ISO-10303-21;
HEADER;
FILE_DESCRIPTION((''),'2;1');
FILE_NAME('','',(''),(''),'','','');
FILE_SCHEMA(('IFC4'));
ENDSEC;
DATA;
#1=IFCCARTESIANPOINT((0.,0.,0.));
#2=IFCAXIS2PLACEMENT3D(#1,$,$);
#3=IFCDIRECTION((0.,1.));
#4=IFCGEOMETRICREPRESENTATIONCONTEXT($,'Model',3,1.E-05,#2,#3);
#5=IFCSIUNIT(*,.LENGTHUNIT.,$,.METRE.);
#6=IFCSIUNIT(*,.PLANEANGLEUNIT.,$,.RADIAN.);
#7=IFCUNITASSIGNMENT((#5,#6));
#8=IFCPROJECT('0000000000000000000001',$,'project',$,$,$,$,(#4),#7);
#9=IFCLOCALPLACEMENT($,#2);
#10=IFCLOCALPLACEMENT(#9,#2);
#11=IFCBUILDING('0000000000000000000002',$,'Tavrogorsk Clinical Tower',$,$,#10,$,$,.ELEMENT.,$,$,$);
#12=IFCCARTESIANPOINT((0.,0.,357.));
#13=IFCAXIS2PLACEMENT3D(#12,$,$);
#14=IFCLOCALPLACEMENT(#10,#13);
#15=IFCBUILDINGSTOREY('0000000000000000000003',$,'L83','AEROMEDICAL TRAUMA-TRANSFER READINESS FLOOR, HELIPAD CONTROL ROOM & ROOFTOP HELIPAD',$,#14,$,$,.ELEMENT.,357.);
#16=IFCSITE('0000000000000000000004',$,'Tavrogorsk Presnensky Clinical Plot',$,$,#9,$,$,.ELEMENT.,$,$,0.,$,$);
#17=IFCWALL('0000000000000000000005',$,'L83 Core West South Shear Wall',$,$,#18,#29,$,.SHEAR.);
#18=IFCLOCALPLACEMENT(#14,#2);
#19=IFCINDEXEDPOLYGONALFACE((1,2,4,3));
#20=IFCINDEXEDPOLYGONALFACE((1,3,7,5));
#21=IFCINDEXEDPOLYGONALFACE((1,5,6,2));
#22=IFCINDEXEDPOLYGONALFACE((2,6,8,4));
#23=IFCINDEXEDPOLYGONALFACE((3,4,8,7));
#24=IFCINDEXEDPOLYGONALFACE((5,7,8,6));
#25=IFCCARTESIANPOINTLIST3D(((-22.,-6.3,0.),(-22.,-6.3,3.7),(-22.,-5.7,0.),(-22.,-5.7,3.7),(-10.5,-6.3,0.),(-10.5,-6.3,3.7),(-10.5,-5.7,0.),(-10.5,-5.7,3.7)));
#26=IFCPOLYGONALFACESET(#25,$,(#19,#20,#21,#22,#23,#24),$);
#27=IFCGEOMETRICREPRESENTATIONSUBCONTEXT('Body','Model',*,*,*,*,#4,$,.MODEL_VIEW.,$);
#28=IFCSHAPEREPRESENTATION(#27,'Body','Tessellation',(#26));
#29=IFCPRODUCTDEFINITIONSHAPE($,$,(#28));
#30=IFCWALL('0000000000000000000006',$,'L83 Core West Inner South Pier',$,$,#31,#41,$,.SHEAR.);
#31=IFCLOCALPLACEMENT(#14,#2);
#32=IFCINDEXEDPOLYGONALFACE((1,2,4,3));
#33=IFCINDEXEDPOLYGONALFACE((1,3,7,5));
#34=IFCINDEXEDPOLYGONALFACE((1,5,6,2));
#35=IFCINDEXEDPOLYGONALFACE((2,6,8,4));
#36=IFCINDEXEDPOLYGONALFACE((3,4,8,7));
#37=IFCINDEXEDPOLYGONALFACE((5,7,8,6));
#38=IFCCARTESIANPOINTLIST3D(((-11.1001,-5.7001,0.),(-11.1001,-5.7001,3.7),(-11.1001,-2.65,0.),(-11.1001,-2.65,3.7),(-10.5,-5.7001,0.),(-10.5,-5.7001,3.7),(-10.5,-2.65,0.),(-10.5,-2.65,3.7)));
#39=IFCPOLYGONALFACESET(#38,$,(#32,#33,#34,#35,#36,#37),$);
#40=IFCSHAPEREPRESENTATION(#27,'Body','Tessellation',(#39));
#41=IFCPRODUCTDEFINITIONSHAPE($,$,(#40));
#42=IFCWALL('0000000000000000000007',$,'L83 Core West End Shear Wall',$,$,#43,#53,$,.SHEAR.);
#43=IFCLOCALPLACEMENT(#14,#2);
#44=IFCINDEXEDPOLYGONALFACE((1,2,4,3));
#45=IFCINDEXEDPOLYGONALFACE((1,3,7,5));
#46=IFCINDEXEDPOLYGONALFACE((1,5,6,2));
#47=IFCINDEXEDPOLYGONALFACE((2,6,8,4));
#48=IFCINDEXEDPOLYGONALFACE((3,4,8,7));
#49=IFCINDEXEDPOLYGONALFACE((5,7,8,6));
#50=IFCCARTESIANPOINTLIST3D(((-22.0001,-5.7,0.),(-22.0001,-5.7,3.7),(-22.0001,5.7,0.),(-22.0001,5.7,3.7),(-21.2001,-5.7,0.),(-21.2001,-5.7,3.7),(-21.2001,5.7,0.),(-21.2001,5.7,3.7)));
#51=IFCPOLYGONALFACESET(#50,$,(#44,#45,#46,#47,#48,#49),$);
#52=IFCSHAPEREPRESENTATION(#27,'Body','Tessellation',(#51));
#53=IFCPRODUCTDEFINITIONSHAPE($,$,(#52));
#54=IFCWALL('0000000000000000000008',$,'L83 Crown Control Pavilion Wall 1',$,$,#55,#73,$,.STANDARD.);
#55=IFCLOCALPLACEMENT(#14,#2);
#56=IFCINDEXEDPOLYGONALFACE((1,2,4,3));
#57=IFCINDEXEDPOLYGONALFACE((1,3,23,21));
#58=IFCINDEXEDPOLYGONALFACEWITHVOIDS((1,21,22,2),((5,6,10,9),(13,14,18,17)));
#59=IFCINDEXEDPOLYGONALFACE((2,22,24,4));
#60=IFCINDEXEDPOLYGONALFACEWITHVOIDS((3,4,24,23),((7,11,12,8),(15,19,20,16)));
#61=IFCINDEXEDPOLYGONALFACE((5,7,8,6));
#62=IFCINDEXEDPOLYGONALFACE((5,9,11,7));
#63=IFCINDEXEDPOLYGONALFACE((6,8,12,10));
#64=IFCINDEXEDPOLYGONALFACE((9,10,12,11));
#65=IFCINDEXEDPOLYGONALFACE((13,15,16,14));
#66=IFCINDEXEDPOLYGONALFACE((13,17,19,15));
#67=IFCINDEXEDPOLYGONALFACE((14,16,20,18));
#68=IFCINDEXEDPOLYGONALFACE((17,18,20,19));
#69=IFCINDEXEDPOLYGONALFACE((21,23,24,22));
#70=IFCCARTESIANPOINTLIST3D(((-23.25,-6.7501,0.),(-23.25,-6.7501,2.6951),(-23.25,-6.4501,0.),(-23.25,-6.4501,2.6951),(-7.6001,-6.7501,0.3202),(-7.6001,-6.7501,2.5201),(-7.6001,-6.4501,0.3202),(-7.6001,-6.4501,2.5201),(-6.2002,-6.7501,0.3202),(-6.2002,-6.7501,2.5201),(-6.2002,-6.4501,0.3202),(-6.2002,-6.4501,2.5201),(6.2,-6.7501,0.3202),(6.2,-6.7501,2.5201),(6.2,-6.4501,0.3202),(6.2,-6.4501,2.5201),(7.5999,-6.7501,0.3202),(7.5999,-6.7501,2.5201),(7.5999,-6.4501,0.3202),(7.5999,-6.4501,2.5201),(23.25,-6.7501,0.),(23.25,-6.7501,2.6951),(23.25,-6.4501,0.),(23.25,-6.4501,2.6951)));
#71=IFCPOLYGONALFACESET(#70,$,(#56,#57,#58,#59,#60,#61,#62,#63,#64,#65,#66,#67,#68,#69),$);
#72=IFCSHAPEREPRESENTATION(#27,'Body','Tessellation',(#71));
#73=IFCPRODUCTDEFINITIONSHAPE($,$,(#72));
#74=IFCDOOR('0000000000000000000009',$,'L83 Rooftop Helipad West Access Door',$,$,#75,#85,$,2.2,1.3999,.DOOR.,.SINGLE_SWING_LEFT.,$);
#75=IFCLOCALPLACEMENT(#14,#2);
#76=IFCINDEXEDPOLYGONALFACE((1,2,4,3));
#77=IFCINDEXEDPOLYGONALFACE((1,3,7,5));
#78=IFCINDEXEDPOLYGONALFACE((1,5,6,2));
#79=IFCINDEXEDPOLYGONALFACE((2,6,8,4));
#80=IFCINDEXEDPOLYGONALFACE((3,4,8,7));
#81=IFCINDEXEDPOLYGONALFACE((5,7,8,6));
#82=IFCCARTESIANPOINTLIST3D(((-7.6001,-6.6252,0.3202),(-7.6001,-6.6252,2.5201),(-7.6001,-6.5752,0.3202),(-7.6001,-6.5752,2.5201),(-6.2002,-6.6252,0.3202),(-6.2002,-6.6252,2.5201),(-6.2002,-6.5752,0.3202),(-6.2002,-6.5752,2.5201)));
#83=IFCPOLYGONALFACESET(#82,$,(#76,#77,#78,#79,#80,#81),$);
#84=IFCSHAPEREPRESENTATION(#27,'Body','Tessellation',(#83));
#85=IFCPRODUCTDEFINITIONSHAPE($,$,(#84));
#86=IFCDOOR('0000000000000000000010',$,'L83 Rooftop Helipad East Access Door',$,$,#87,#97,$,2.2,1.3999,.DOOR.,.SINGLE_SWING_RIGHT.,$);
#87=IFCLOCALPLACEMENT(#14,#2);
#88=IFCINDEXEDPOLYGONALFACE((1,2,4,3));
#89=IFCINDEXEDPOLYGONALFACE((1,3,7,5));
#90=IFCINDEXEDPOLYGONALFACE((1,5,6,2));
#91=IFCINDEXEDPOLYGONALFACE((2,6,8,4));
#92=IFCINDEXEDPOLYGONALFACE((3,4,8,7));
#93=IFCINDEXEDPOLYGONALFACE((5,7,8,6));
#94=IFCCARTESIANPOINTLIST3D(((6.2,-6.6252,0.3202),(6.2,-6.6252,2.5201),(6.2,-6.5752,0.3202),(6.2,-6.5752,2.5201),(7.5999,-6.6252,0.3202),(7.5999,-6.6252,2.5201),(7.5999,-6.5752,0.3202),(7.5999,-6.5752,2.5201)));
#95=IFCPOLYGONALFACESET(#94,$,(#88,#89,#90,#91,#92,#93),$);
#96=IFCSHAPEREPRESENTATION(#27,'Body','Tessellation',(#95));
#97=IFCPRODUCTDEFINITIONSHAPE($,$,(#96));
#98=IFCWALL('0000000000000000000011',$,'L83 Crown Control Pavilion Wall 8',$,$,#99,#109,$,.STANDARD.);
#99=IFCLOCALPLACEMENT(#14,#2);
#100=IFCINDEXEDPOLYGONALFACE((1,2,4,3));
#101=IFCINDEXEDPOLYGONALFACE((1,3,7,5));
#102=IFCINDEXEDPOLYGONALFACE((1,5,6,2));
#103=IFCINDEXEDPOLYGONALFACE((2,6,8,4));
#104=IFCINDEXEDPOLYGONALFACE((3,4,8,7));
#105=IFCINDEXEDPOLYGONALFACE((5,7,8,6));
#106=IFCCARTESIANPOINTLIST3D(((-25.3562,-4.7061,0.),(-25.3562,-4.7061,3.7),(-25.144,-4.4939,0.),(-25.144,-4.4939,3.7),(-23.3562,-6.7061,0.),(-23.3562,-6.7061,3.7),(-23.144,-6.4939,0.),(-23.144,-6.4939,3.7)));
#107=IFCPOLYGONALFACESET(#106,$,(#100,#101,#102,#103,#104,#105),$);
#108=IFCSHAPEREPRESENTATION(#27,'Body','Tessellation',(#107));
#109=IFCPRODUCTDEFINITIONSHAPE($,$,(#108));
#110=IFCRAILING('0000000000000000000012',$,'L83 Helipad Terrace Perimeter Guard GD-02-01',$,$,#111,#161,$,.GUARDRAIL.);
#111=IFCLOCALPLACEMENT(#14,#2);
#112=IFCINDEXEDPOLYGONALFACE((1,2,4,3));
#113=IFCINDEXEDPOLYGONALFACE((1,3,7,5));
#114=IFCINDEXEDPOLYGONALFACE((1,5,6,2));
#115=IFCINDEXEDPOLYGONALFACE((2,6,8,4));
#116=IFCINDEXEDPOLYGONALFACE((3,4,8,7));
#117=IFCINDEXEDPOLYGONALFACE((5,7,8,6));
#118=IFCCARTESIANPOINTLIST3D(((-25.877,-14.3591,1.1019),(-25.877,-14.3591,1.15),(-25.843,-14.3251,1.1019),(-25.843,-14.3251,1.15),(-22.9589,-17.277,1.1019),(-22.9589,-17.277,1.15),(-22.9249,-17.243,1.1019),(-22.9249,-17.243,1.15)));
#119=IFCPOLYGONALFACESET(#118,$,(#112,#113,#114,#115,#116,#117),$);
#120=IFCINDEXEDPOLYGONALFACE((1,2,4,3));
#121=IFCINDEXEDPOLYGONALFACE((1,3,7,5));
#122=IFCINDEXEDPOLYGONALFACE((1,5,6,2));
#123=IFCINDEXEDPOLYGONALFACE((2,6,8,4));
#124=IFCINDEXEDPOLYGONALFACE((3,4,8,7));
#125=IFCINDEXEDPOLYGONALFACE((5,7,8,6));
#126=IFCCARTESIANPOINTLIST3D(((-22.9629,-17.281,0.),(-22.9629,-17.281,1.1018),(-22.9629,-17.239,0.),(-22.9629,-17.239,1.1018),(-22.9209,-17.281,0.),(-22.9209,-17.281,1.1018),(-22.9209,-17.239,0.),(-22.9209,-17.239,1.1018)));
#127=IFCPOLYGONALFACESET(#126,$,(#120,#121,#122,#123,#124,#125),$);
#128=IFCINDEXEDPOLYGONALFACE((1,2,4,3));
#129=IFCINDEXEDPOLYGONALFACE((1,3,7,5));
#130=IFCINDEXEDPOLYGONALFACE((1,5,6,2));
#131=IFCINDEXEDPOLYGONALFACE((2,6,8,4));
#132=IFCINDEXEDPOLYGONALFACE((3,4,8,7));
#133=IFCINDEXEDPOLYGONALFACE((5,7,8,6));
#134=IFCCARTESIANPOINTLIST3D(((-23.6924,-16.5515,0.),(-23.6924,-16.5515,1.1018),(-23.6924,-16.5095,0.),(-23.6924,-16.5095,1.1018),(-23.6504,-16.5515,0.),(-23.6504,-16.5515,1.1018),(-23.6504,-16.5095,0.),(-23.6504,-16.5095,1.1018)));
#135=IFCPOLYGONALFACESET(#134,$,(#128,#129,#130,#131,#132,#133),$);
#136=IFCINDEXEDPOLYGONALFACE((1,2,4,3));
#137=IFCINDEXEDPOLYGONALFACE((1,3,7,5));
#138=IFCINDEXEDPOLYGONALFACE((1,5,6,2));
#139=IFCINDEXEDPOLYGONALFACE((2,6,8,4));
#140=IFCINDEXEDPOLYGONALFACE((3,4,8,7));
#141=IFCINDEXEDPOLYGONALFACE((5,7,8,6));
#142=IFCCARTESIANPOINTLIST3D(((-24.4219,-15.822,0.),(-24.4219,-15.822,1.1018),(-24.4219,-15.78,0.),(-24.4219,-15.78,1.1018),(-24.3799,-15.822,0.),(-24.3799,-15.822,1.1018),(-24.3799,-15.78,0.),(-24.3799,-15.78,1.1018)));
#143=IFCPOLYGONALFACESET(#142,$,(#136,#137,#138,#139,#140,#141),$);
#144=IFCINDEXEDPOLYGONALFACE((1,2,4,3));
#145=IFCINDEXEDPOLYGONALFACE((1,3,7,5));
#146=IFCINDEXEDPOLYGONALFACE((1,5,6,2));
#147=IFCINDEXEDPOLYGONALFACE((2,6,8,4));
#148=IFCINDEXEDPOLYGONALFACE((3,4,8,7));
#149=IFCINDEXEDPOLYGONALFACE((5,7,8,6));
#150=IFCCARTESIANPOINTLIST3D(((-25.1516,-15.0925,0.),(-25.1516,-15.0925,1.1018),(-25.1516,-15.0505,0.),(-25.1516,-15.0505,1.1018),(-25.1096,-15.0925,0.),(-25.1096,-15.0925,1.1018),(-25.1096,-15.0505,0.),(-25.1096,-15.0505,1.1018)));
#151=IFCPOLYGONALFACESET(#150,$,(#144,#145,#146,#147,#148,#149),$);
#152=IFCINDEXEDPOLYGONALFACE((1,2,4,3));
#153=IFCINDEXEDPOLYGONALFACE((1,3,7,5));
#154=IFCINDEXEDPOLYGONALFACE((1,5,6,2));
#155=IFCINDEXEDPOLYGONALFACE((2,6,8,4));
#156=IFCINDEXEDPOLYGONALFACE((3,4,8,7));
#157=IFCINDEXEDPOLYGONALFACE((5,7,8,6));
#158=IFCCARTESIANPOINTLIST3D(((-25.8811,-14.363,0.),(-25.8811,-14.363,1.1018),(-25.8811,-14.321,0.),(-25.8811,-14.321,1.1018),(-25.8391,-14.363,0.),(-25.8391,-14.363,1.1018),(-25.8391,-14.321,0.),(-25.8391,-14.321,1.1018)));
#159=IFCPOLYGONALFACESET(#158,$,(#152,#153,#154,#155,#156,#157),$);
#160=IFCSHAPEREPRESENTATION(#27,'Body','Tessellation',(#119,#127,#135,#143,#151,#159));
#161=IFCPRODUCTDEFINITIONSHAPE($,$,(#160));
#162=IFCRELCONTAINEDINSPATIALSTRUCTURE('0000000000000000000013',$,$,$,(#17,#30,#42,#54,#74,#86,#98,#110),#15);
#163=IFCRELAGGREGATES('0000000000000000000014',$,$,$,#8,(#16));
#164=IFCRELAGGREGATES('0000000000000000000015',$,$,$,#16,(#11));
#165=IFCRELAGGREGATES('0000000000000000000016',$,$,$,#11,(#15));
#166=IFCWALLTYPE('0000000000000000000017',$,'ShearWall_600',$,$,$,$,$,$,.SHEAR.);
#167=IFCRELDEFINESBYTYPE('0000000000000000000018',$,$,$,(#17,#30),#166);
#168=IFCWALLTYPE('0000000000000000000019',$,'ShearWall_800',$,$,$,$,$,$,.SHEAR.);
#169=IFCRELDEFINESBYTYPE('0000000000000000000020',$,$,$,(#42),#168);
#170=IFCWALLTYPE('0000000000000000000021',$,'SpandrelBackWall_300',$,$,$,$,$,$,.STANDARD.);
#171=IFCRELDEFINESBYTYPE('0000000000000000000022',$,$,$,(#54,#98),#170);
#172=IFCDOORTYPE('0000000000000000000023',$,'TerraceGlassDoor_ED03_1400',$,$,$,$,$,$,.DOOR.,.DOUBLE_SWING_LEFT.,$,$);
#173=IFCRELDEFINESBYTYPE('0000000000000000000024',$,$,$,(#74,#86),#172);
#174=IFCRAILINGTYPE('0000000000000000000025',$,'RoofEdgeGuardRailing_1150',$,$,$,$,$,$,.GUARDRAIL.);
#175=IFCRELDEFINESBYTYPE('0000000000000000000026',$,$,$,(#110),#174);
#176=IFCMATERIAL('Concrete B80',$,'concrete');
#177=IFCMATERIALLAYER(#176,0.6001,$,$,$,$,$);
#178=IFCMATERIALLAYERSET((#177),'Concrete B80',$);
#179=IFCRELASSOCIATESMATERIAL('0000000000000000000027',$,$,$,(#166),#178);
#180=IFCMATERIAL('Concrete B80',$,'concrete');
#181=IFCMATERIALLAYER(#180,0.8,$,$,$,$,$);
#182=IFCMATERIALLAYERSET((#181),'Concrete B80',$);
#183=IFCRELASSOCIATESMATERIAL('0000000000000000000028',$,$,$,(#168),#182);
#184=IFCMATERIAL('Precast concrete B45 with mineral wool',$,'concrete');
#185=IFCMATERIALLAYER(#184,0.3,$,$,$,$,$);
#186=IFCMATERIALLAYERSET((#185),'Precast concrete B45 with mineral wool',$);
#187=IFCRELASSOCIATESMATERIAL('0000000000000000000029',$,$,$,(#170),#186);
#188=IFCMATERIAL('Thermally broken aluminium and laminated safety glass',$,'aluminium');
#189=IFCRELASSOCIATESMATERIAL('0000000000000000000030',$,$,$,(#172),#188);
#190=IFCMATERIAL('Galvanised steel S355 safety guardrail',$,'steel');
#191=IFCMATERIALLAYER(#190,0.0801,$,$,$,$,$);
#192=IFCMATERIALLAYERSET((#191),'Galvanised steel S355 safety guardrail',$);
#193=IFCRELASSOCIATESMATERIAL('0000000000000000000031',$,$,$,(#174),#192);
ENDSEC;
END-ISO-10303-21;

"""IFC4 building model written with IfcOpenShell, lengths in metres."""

from ifc_helpers import new_model, si_unit, direction, frame, frame_2d, origin, origin_2d, place, context, subcontext, project, spatial, rectangle, extrude, material, layer, layer_set, type_object, element, fill, save


model = new_model("IFC4")

# Units and contexts
model_context = context("Model", 3, precision=1e-05, world=origin(), true_north=direction((0.0, 1.0)))
body_context = subcontext(model_context, "Body", "Model", "MODEL_VIEW")
ifc_project = project(units=[si_unit("LENGTHUNIT", "METRE"), si_unit("PLANEANGLEUNIT", "RADIAN")], contexts=[model_context])

# Site, building, storey
site_placement = place(None, origin())
site = spatial("IfcSite", under=ifc_project, at=site_placement, Name="Tavrogorsk Presnensky Clinical Plot", CompositionType="ELEMENT", RefElevation=0.0)
building_placement = place(site_placement, origin())
building = spatial("IfcBuilding", under=site, at=building_placement, Name="Tavrogorsk Clinical Tower", CompositionType="ELEMENT")
storey_placement = place(building_placement, frame((0.0, 0.0, 357.0)))
storey = spatial("IfcBuildingStorey", under=building, at=storey_placement, Name="L83", Description="AEROMEDICAL TRAUMA-TRANSFER READINESS FLOOR, HELIPAD CONTROL ROOM & ROOFTOP HELIPAD", CompositionType="ELEMENT", Elevation=357.0)

# Walls
ifc_material_1 = material(Name="Concrete B80", Category="concrete")
ifc_layer_1 = layer(ifc_material_1, 0.6001)
ifc_layer_set_1 = layer_set([ifc_layer_1], Name="Concrete B80")
wall_type_1 = type_object("IfcWallType", Name="ShearWall_600", PredefinedType="SHEAR", material=ifc_layer_set_1)
wall_1_placement = place(storey_placement, frame((-22.0, -6.0, 0.0), z_axis=(0.0, 0.0, 1.0), x_axis=(1.0, 0.0, 0.0)))
element("IfcWall", 1, at=wall_1_placement, inside=storey, type_object=wall_type_1, Name="L83 Core West South Shear Wall", PredefinedType="SHEAR", context=body_context, shape_type="SweptSolid", body=[
    extrude(rectangle(XDim=11.5, YDim=0.6001, at=frame_2d((5.75, 0.0))), origin(), (0.0, 0.0, 1.0), 3.7),
])
wall_2_placement = place(storey_placement, frame((-10.8, -5.7, 0.0), z_axis=(0.0, 0.0, 1.0), x_axis=(0.0, 1.0, 0.0)))
element("IfcWall", 2, at=wall_2_placement, inside=storey, type_object=wall_type_1, Name="L83 Core West Inner South Pier", PredefinedType="SHEAR", context=body_context, shape_type="SweptSolid", body=[
    extrude(rectangle(XDim=3.05, YDim=0.6001, at=frame_2d((1.5249, 0.0))), origin(), (0.0, 0.0, 1.0), 3.7),
])
ifc_material_2 = material(Name="Concrete B80", Category="concrete")
ifc_layer_2 = layer(ifc_material_2, 0.8)
ifc_layer_set_2 = layer_set([ifc_layer_2], Name="Concrete B80")
wall_type_2 = type_object("IfcWallType", Name="ShearWall_800", PredefinedType="SHEAR", material=ifc_layer_set_2)
wall_3_placement = place(storey_placement, frame((-21.6001, -5.7, 0.0), z_axis=(0.0, 0.0, 1.0), x_axis=(0.0, 1.0, 0.0)))
element("IfcWall", 3, at=wall_3_placement, inside=storey, type_object=wall_type_2, Name="L83 Core West End Shear Wall", PredefinedType="SHEAR", context=body_context, shape_type="SweptSolid", body=[
    extrude(rectangle(XDim=11.3999, YDim=0.8, at=frame_2d((5.7, 0.0))), origin(), (0.0, 0.0, 1.0), 3.7),
])

# Wall, openings, doors
ifc_material_3 = material(Name="Precast concrete B45 with mineral wool", Category="concrete")
ifc_layer_3 = layer(ifc_material_3, 0.3)
ifc_layer_set_3 = layer_set([ifc_layer_3], Name="Precast concrete B45 with mineral wool")
wall_type_3 = type_object("IfcWallType", Name="SpandrelBackWall_300", PredefinedType="STANDARD", material=ifc_layer_set_3)
wall_4_placement = place(storey_placement, frame((-23.25, -6.6001, 0.0), z_axis=(0.0, 0.0, 1.0), x_axis=(1.0, 0.0, 0.0)))
wall_4 = element("IfcWall", 4, at=wall_4_placement, inside=storey, type_object=wall_type_3, Name="L83 Crown Control Pavilion Wall 1", PredefinedType="STANDARD", context=body_context, shape_type="SweptSolid", body=[
    extrude(rectangle(XDim=46.5, YDim=0.3, at=frame_2d((23.25, 0.0))), origin(), (0.0, 0.0, 1.0), 2.6951),
])
opening_1_placement = place(wall_4_placement, frame((15.6499, 0.0, 0.3201)))
opening_1 = element("IfcOpeningElement", 5, at=opening_1_placement, cuts=wall_4, PredefinedType="OPENING", context=body_context, shape_type="SweptSolid", body=[
    extrude(rectangle(XDim=1.3999, YDim=2.2, at=frame_2d((0.7, 1.1001))), frame((0.0, 0.1599, 0.0), z_axis=(0.0, -1.0, 0.0), x_axis=(1.0, 0.0, 0.0)), (0.0, 0.0, 1.0), 0.3201),
])
opening_2_placement = place(wall_4_placement, frame((29.45, 0.0, 0.3201)))
opening_2 = element("IfcOpeningElement", 6, at=opening_2_placement, cuts=wall_4, PredefinedType="OPENING", context=body_context, shape_type="SweptSolid", body=[
    extrude(rectangle(XDim=1.3999, YDim=2.2, at=frame_2d((0.7, 1.1001))), frame((0.0, 0.1599, 0.0), z_axis=(0.0, -1.0, 0.0), x_axis=(1.0, 0.0, 0.0)), (0.0, 0.0, 1.0), 0.3201),
])
ifc_material_4 = material(Name="Thermally broken aluminium and laminated safety glass", Category="aluminium")
door_type_1 = type_object("IfcDoorType", Name="TerraceGlassDoor_ED03_1400", OperationType="DOUBLE_SWING_LEFT", PredefinedType="DOOR", material=ifc_material_4)
door_1_placement = place(opening_1_placement, origin())
door_1 = element("IfcDoor", 7, at=door_1_placement, inside=storey, type_object=door_type_1, Name="L83 Rooftop Helipad West Access Door", OperationType="SINGLE_SWING_LEFT", OverallHeight=2.2, OverallWidth=1.3999, PredefinedType="DOOR", context=body_context, shape_type="SweptSolid", body=[
    extrude(rectangle(XDim=1.3999, YDim=2.2, at=frame_2d((0.7, 1.1001))), frame((0.0, 0.0249, 0.0), z_axis=(0.0, -1.0, 0.0), x_axis=(1.0, 0.0, 0.0)), (0.0, 0.0, 1.0), 0.05),
])
fill(opening_1, door_1)
door_2_placement = place(opening_2_placement, origin())
door_2 = element("IfcDoor", 8, at=door_2_placement, inside=storey, type_object=door_type_1, Name="L83 Rooftop Helipad East Access Door", OperationType="SINGLE_SWING_RIGHT", OverallHeight=2.2, OverallWidth=1.3999, PredefinedType="DOOR", context=body_context, shape_type="SweptSolid", body=[
    extrude(rectangle(XDim=1.3999, YDim=2.2, at=frame_2d((0.7, 1.1001))), frame((0.0, 0.0249, 0.0), z_axis=(0.0, -1.0, 0.0), x_axis=(1.0, 0.0, 0.0)), (0.0, 0.0, 1.0), 0.05),
])
fill(opening_2, door_2)

# Wall
wall_5_placement = place(storey_placement, frame((-25.25, -4.6001, 0.0), z_axis=(0.0, 0.0, 1.0), x_axis=(0.707107, -0.707107, 0.0)))
element("IfcWall", 9, at=wall_5_placement, inside=storey, type_object=wall_type_3, Name="L83 Crown Control Pavilion Wall 8", PredefinedType="STANDARD", context=body_context, shape_type="SweptSolid", body=[
    extrude(rectangle(XDim=2.8284, YDim=0.3, at=frame_2d((1.4141, 0.0))), origin(), (0.0, 0.0, 1.0), 3.7),
])

# Railing
ifc_material_5 = material(Name="Galvanised steel S355 safety guardrail", Category="steel")
ifc_layer_4 = layer(ifc_material_5, 0.0801)
ifc_layer_set_4 = layer_set([ifc_layer_4], Name="Galvanised steel S355 safety guardrail")
railing_type_1 = type_object("IfcRailingType", Name="RoofEdgeGuardRailing_1150", PredefinedType="GUARDRAIL", material=ifc_layer_set_4)
railing_1_placement = place(storey_placement, frame((-22.9419, -17.26, 0.0)))
element("IfcRailing", 10, at=railing_1_placement, inside=storey, type_object=railing_type_1, Name="L83 Helipad Terrace Perimeter Guard GD-02-01", PredefinedType="GUARDRAIL", context=body_context, shape_type="SweptSolid", body=[
    extrude(rectangle(XDim=0.0481, YDim=0.0481, at=origin_2d()), frame((0.0, 0.0, 1.126), z_axis=(-0.707136, 0.707077, 0.0), x_axis=(-0.707077, -0.707136, 0.0)), (0.0, 0.0, 1.0), 4.1267),
    extrude(rectangle(XDim=0.042, YDim=0.042, at=origin_2d()), origin(), (0.0, 0.0, 1.0), 1.1018),
    extrude(rectangle(XDim=0.042, YDim=0.042, at=origin_2d()), frame((-0.7295, 0.7295, 0.0)), (0.0, 0.0, 1.0), 1.1018),
    extrude(rectangle(XDim=0.042, YDim=0.042, at=origin_2d()), frame((-1.459, 1.459, 0.0)), (0.0, 0.0, 1.0), 1.1018),
    extrude(rectangle(XDim=0.042, YDim=0.042, at=origin_2d()), frame((-2.1887, 2.1885, 0.0)), (0.0, 0.0, 1.0), 1.1018),
    extrude(rectangle(XDim=0.042, YDim=0.042, at=origin_2d()), frame((-2.9182, 2.918, 0.0)), (0.0, 0.0, 1.0), 1.1018),
])

save(model, "model.ifc")
